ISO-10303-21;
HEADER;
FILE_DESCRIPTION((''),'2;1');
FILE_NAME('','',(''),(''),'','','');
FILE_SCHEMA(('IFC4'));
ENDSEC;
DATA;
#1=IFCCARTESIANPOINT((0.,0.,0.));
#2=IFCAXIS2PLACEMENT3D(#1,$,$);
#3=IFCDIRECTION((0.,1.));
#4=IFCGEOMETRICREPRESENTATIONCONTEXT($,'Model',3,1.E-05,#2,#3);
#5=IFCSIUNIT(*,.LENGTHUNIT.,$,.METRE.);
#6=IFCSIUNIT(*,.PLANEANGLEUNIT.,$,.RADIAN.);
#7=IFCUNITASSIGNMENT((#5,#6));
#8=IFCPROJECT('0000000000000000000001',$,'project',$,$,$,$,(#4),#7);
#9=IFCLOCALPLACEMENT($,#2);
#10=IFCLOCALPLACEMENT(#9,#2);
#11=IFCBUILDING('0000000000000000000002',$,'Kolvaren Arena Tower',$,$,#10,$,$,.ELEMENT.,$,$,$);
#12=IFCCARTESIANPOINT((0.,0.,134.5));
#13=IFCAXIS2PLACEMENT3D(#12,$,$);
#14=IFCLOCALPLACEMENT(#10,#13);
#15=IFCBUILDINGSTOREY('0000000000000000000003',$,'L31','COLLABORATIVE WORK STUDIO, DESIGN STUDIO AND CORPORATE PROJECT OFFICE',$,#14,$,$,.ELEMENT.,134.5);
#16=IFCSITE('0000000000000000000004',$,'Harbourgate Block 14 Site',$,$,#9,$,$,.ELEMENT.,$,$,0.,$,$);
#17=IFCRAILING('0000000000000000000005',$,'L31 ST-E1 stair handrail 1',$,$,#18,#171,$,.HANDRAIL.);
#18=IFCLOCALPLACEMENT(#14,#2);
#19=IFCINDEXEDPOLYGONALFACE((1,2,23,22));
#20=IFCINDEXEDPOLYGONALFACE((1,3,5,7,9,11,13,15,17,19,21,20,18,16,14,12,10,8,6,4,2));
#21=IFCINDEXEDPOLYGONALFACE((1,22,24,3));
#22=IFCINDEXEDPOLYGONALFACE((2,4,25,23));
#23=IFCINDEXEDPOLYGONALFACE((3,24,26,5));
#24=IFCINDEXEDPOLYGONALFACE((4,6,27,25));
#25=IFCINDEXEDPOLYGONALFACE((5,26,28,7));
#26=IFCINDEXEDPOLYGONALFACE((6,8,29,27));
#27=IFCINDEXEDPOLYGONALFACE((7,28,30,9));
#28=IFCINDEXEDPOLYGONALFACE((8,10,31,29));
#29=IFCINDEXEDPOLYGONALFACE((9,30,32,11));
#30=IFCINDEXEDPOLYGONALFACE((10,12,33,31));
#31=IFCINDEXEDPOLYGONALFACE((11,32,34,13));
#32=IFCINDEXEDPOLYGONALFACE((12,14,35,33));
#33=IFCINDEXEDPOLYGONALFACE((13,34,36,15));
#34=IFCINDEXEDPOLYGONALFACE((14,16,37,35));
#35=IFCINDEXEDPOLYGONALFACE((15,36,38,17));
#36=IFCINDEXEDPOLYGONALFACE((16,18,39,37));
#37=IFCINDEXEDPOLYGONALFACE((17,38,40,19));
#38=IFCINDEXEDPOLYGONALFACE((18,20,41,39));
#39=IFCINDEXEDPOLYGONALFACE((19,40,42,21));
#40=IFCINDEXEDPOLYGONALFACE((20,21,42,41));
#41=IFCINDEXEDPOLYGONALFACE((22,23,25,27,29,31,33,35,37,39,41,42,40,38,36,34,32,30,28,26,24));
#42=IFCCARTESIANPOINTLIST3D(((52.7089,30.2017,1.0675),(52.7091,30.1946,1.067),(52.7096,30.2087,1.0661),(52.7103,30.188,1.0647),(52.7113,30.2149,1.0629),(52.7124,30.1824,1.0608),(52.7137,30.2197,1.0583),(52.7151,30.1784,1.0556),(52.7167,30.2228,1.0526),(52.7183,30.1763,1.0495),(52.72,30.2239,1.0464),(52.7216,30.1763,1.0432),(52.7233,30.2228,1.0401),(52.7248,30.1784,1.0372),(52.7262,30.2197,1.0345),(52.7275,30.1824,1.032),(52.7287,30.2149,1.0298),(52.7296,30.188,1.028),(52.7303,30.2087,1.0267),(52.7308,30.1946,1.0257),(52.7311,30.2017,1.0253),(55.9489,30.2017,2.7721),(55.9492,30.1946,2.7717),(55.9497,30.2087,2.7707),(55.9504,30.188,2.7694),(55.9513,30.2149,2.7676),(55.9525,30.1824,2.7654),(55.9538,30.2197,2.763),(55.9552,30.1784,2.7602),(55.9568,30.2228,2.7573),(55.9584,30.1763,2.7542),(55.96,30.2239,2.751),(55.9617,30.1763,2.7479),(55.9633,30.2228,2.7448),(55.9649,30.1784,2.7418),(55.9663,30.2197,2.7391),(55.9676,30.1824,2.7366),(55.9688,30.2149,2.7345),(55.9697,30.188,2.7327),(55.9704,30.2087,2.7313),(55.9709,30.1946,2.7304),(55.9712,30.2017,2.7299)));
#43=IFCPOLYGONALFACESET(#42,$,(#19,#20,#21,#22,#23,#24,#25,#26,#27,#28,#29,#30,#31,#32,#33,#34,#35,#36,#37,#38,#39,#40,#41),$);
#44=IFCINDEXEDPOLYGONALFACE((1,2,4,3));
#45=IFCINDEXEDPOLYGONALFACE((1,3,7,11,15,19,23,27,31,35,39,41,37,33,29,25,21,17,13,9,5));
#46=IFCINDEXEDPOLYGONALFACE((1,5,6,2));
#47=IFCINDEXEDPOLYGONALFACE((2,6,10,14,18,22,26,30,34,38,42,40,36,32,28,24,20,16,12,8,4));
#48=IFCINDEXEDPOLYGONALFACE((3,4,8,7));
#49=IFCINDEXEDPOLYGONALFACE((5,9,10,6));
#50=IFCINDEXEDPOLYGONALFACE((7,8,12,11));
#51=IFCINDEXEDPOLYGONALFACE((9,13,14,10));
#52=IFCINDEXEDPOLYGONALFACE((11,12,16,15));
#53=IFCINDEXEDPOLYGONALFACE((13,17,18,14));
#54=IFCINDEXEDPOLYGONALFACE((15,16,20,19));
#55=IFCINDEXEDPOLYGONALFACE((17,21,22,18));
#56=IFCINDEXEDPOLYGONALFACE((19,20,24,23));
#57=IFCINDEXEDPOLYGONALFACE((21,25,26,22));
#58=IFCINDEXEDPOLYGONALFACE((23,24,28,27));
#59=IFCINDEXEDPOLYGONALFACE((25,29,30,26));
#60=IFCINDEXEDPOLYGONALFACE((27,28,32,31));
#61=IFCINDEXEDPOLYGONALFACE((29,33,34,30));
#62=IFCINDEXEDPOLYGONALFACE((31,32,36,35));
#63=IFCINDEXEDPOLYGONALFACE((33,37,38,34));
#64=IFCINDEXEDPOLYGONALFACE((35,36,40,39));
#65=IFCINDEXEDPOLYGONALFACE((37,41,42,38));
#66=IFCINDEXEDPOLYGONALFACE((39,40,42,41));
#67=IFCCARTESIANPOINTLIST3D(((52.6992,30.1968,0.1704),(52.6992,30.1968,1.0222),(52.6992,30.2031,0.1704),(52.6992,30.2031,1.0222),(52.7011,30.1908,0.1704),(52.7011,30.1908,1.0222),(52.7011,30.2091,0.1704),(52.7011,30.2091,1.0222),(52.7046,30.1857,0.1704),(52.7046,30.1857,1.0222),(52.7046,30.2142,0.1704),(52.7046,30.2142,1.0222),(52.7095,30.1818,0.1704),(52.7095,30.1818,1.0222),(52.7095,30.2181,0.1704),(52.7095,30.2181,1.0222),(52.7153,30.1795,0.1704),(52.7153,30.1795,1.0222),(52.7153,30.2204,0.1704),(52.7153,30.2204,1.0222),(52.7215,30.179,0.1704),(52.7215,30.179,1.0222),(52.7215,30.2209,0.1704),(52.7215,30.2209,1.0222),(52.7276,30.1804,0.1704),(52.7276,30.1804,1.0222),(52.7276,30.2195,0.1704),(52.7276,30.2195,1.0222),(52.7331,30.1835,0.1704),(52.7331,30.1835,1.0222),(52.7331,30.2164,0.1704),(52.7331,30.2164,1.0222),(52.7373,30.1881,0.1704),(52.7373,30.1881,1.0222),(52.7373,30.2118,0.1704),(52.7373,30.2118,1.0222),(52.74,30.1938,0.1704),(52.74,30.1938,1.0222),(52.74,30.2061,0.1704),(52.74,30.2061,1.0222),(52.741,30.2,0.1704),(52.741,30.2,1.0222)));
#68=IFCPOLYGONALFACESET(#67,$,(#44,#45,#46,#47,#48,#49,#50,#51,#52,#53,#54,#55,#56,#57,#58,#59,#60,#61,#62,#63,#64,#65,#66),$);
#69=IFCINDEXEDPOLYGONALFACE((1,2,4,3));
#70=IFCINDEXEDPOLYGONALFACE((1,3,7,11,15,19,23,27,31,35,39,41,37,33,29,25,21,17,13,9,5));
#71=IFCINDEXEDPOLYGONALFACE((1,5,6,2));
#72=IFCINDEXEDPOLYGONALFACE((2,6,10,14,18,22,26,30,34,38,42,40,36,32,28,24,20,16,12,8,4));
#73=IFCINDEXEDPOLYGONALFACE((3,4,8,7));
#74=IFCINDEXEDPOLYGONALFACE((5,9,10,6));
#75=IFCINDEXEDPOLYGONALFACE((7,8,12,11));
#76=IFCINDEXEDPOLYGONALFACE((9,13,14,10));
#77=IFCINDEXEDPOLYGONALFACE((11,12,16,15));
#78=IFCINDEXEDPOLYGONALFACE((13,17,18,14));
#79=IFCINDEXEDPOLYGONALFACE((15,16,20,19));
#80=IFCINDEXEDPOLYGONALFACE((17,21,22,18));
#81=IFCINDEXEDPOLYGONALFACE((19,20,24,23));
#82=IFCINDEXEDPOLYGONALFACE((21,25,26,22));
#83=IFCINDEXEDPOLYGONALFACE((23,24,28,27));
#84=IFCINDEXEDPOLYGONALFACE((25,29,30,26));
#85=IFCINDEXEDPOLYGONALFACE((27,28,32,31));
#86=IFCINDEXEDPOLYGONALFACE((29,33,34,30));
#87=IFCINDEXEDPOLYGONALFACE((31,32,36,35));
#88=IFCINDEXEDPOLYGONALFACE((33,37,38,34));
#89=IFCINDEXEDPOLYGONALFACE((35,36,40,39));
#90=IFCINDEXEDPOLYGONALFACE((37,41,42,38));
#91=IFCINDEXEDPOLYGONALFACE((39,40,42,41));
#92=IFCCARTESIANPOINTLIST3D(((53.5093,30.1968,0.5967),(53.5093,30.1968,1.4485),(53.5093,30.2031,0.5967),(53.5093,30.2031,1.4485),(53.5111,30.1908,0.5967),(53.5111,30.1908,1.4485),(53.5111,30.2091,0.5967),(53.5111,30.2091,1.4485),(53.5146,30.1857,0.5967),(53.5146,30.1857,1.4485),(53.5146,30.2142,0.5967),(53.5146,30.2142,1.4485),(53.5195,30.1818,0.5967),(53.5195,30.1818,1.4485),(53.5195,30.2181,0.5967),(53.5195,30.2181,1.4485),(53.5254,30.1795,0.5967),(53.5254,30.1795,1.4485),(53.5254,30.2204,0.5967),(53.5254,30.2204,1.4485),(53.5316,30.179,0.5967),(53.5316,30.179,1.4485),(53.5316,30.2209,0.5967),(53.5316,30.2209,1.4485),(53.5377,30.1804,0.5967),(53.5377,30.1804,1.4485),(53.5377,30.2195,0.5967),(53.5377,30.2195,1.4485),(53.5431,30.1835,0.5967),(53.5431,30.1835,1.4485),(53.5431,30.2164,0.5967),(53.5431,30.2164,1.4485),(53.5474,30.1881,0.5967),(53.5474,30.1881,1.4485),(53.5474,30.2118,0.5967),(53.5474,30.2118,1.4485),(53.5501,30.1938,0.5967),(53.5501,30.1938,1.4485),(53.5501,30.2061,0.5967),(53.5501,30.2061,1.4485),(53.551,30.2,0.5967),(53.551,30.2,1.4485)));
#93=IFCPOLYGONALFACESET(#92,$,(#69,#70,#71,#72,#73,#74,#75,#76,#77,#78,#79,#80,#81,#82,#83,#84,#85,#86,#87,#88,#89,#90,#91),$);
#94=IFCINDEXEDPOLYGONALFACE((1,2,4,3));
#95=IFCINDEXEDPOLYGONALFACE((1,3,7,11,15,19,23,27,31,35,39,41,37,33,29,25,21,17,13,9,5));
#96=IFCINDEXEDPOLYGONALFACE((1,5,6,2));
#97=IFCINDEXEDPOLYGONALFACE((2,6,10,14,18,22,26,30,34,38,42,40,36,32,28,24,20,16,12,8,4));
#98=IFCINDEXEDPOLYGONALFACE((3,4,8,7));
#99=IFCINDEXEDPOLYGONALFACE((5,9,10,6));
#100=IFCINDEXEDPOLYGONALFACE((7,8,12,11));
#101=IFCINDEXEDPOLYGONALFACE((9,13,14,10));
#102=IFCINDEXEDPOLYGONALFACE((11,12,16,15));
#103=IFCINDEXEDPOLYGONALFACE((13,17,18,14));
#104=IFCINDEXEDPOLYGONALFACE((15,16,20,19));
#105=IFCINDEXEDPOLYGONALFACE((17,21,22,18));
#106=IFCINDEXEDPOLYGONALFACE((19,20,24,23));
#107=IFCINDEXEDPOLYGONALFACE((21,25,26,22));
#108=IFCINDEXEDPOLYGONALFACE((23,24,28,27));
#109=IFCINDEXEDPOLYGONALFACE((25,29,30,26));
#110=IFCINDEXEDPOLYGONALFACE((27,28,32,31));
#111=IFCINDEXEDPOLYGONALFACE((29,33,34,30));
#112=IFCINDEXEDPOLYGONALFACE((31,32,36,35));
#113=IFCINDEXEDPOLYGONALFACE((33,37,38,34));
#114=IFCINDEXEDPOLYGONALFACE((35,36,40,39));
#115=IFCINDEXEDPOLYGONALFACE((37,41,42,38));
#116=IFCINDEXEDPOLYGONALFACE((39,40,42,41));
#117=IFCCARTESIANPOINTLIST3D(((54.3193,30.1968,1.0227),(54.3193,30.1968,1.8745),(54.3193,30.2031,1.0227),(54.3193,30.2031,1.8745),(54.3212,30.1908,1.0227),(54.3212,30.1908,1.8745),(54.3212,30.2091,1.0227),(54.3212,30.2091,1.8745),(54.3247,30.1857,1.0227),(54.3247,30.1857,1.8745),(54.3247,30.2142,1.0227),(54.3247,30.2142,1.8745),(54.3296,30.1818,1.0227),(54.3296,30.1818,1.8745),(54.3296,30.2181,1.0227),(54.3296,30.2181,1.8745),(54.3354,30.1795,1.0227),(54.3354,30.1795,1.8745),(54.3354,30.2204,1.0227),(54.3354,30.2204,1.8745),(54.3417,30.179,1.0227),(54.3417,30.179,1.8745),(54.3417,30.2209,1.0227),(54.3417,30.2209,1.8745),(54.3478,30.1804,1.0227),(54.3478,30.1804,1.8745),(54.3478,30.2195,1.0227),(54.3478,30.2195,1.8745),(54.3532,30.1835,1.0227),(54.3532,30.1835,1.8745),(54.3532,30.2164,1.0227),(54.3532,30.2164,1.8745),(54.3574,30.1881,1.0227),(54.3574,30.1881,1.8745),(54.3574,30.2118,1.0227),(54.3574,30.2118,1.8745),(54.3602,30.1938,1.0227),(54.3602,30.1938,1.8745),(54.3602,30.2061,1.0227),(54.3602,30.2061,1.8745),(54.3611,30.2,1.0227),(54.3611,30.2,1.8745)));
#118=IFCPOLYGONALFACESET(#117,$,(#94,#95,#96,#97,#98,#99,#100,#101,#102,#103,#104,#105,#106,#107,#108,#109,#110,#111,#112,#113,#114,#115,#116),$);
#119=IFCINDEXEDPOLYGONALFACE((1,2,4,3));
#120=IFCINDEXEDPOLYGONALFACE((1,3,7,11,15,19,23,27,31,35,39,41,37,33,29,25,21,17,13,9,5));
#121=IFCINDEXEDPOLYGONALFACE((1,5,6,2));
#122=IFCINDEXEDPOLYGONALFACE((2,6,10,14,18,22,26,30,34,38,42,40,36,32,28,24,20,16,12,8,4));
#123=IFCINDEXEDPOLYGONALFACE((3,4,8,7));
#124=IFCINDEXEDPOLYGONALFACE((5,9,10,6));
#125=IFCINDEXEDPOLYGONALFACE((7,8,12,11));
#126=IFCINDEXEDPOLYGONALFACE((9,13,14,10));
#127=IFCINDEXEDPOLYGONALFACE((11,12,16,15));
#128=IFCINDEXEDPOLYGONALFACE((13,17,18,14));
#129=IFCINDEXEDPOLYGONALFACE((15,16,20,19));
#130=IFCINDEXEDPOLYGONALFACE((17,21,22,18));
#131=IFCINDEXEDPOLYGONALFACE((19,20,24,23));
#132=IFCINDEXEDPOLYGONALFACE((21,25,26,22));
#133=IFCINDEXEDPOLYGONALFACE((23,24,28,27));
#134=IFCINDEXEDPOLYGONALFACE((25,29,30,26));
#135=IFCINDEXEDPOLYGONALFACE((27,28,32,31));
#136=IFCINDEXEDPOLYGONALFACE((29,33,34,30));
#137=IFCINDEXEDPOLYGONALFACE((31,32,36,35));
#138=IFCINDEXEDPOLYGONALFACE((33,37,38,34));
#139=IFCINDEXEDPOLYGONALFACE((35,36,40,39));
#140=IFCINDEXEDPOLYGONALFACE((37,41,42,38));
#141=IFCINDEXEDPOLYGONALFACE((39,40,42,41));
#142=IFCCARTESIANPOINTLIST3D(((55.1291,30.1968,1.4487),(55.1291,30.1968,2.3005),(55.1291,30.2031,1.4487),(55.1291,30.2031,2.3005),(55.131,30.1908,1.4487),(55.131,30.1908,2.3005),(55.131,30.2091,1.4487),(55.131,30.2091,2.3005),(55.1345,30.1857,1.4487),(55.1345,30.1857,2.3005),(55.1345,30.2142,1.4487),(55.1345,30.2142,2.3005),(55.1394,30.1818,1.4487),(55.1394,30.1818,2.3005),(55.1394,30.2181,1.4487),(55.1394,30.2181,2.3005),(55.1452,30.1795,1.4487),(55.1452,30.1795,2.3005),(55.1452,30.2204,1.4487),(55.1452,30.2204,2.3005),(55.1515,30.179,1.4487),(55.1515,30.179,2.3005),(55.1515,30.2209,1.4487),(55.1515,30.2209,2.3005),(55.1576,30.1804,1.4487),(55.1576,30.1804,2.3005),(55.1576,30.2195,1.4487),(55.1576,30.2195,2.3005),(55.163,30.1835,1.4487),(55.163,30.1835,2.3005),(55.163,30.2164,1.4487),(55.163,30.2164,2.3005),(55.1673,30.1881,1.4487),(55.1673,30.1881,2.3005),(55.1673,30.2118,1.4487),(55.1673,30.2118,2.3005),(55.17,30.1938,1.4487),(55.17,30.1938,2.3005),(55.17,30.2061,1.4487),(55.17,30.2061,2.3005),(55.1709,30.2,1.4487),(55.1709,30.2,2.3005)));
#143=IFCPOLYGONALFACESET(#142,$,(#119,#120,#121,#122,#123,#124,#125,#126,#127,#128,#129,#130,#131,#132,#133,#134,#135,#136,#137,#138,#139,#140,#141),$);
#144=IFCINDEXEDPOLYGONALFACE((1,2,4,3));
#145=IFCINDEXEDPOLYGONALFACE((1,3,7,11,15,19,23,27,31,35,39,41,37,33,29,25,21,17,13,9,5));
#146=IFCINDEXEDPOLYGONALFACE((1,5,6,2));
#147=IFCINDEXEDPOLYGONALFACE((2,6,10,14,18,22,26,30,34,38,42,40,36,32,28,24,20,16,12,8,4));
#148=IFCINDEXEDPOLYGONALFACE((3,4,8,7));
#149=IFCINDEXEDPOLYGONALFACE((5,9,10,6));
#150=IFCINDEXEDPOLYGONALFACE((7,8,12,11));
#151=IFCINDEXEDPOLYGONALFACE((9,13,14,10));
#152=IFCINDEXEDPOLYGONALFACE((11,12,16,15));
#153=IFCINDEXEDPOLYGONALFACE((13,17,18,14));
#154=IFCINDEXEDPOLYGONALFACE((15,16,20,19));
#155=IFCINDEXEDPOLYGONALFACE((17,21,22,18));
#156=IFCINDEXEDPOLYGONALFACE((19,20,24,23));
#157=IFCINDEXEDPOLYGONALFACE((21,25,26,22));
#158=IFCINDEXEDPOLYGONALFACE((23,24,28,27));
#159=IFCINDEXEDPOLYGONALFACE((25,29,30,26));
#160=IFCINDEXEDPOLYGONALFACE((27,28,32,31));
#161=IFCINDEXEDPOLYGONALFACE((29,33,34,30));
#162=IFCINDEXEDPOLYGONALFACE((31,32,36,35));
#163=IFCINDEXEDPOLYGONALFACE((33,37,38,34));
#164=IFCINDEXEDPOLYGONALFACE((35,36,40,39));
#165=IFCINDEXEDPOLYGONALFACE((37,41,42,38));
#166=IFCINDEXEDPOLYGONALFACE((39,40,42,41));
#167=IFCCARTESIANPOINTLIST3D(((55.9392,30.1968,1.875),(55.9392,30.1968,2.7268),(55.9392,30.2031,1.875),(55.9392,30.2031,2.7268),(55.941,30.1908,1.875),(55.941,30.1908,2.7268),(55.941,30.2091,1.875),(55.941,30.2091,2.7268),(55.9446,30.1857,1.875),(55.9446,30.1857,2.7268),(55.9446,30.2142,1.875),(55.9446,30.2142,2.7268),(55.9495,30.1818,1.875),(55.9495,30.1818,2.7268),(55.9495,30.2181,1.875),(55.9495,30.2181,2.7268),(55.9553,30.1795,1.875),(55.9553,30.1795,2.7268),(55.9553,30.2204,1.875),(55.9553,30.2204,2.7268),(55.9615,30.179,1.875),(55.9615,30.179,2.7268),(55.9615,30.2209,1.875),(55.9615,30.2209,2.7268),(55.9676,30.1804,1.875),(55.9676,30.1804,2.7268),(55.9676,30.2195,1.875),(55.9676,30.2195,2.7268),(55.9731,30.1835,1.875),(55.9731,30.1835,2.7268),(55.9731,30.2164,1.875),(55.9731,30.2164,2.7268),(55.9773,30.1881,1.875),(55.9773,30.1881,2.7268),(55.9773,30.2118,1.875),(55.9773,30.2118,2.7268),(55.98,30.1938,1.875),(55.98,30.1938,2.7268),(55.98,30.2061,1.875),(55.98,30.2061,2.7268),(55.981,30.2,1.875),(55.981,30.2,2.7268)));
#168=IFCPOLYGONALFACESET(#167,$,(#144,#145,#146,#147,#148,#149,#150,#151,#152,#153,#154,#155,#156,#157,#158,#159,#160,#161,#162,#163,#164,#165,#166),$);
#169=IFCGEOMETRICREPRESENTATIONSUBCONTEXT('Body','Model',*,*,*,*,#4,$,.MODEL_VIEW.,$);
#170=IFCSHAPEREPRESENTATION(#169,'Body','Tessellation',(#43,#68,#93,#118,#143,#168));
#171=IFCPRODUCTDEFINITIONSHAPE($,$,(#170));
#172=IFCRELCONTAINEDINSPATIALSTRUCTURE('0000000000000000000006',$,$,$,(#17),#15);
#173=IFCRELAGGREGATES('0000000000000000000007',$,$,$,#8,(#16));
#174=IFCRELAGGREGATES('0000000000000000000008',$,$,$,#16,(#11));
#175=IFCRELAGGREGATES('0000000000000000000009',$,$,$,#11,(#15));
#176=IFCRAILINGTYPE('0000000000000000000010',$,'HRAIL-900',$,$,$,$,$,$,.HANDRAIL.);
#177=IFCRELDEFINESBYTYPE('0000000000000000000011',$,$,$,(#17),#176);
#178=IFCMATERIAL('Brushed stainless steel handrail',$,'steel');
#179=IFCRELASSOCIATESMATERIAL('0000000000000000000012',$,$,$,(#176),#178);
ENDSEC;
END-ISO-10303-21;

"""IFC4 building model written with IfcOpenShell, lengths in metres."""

from ifc_helpers import new_model, si_unit, direction, frame, origin, origin_2d, place, context, subcontext, project, spatial, circle, extrude, material, type_object, element, save


model = new_model("IFC4")

# Units and contexts
model_context = context("Model", 3, precision=1e-05, world=origin(), true_north=direction((0.0, 1.0)))
body_context = subcontext(model_context, "Body", "Model", "MODEL_VIEW")
ifc_project = project(units=[si_unit("LENGTHUNIT", "METRE"), si_unit("PLANEANGLEUNIT", "RADIAN")], contexts=[model_context])

# Site, building, storey
site_placement = place(None, origin())
site = spatial("IfcSite", under=ifc_project, at=site_placement, Name="Harbourgate Block 14 Site", CompositionType="ELEMENT", RefElevation=0.0)
building_placement = place(site_placement, origin())
building = spatial("IfcBuilding", under=site, at=building_placement, Name="Kolvaren Arena Tower", CompositionType="ELEMENT")
storey_placement = place(building_placement, frame((0.0, 0.0, 134.5)))
storey = spatial("IfcBuildingStorey", under=building, at=storey_placement, Name="L31", Description="COLLABORATIVE WORK STUDIO, DESIGN STUDIO AND CORPORATE PROJECT OFFICE", CompositionType="ELEMENT", Elevation=134.5)

# Railing
ifc_material_1 = material(Name="Brushed stainless steel handrail", Category="steel")
railing_type_1 = type_object("IfcRailingType", Name="HRAIL-900", PredefinedType="HANDRAIL", material=ifc_material_1)
for number, where, name in (
    (1, (52.72, 30.2, 0.1704), "L31 ST-E1 stair handrail 1"),
):
    element("IfcRailing", number, at=place(storey_placement, frame(where)), inside=storey, type_object=railing_type_1, Name=name, PredefinedType="HANDRAIL", context=body_context, shape_type="SweptSolid", body=[
        extrude(circle(Radius=0.0239, at=origin_2d()), frame((0.0, 0.0, 0.876), z_axis=(0.884993, 0.0, 0.465604), x_axis=(0.0, 1.0, 0.0)), (0.0, 0.0, 1.0), 3.6611),
        extrude(circle(Radius=0.021, at=origin_2d()), origin(), (0.0, 0.0, 1.0), 0.8518),
        extrude(circle(Radius=0.021, at=origin_2d()), frame((0.8101, 0.0, 0.4263)), (0.0, 0.0, 1.0), 0.8518),
        extrude(circle(Radius=0.021, at=origin_2d()), frame((1.6201, 0.0, 0.8523)), (0.0, 0.0, 1.0), 0.8518),
        extrude(circle(Radius=0.021, at=origin_2d()), frame((2.4299, 0.0, 1.2783)), (0.0, 0.0, 1.0), 0.8518),
        extrude(circle(Radius=0.021, at=origin_2d()), frame((3.24, 0.0, 1.7046)), (0.0, 0.0, 1.0), 0.8518),
    ])

save(model, "model.ifc")
